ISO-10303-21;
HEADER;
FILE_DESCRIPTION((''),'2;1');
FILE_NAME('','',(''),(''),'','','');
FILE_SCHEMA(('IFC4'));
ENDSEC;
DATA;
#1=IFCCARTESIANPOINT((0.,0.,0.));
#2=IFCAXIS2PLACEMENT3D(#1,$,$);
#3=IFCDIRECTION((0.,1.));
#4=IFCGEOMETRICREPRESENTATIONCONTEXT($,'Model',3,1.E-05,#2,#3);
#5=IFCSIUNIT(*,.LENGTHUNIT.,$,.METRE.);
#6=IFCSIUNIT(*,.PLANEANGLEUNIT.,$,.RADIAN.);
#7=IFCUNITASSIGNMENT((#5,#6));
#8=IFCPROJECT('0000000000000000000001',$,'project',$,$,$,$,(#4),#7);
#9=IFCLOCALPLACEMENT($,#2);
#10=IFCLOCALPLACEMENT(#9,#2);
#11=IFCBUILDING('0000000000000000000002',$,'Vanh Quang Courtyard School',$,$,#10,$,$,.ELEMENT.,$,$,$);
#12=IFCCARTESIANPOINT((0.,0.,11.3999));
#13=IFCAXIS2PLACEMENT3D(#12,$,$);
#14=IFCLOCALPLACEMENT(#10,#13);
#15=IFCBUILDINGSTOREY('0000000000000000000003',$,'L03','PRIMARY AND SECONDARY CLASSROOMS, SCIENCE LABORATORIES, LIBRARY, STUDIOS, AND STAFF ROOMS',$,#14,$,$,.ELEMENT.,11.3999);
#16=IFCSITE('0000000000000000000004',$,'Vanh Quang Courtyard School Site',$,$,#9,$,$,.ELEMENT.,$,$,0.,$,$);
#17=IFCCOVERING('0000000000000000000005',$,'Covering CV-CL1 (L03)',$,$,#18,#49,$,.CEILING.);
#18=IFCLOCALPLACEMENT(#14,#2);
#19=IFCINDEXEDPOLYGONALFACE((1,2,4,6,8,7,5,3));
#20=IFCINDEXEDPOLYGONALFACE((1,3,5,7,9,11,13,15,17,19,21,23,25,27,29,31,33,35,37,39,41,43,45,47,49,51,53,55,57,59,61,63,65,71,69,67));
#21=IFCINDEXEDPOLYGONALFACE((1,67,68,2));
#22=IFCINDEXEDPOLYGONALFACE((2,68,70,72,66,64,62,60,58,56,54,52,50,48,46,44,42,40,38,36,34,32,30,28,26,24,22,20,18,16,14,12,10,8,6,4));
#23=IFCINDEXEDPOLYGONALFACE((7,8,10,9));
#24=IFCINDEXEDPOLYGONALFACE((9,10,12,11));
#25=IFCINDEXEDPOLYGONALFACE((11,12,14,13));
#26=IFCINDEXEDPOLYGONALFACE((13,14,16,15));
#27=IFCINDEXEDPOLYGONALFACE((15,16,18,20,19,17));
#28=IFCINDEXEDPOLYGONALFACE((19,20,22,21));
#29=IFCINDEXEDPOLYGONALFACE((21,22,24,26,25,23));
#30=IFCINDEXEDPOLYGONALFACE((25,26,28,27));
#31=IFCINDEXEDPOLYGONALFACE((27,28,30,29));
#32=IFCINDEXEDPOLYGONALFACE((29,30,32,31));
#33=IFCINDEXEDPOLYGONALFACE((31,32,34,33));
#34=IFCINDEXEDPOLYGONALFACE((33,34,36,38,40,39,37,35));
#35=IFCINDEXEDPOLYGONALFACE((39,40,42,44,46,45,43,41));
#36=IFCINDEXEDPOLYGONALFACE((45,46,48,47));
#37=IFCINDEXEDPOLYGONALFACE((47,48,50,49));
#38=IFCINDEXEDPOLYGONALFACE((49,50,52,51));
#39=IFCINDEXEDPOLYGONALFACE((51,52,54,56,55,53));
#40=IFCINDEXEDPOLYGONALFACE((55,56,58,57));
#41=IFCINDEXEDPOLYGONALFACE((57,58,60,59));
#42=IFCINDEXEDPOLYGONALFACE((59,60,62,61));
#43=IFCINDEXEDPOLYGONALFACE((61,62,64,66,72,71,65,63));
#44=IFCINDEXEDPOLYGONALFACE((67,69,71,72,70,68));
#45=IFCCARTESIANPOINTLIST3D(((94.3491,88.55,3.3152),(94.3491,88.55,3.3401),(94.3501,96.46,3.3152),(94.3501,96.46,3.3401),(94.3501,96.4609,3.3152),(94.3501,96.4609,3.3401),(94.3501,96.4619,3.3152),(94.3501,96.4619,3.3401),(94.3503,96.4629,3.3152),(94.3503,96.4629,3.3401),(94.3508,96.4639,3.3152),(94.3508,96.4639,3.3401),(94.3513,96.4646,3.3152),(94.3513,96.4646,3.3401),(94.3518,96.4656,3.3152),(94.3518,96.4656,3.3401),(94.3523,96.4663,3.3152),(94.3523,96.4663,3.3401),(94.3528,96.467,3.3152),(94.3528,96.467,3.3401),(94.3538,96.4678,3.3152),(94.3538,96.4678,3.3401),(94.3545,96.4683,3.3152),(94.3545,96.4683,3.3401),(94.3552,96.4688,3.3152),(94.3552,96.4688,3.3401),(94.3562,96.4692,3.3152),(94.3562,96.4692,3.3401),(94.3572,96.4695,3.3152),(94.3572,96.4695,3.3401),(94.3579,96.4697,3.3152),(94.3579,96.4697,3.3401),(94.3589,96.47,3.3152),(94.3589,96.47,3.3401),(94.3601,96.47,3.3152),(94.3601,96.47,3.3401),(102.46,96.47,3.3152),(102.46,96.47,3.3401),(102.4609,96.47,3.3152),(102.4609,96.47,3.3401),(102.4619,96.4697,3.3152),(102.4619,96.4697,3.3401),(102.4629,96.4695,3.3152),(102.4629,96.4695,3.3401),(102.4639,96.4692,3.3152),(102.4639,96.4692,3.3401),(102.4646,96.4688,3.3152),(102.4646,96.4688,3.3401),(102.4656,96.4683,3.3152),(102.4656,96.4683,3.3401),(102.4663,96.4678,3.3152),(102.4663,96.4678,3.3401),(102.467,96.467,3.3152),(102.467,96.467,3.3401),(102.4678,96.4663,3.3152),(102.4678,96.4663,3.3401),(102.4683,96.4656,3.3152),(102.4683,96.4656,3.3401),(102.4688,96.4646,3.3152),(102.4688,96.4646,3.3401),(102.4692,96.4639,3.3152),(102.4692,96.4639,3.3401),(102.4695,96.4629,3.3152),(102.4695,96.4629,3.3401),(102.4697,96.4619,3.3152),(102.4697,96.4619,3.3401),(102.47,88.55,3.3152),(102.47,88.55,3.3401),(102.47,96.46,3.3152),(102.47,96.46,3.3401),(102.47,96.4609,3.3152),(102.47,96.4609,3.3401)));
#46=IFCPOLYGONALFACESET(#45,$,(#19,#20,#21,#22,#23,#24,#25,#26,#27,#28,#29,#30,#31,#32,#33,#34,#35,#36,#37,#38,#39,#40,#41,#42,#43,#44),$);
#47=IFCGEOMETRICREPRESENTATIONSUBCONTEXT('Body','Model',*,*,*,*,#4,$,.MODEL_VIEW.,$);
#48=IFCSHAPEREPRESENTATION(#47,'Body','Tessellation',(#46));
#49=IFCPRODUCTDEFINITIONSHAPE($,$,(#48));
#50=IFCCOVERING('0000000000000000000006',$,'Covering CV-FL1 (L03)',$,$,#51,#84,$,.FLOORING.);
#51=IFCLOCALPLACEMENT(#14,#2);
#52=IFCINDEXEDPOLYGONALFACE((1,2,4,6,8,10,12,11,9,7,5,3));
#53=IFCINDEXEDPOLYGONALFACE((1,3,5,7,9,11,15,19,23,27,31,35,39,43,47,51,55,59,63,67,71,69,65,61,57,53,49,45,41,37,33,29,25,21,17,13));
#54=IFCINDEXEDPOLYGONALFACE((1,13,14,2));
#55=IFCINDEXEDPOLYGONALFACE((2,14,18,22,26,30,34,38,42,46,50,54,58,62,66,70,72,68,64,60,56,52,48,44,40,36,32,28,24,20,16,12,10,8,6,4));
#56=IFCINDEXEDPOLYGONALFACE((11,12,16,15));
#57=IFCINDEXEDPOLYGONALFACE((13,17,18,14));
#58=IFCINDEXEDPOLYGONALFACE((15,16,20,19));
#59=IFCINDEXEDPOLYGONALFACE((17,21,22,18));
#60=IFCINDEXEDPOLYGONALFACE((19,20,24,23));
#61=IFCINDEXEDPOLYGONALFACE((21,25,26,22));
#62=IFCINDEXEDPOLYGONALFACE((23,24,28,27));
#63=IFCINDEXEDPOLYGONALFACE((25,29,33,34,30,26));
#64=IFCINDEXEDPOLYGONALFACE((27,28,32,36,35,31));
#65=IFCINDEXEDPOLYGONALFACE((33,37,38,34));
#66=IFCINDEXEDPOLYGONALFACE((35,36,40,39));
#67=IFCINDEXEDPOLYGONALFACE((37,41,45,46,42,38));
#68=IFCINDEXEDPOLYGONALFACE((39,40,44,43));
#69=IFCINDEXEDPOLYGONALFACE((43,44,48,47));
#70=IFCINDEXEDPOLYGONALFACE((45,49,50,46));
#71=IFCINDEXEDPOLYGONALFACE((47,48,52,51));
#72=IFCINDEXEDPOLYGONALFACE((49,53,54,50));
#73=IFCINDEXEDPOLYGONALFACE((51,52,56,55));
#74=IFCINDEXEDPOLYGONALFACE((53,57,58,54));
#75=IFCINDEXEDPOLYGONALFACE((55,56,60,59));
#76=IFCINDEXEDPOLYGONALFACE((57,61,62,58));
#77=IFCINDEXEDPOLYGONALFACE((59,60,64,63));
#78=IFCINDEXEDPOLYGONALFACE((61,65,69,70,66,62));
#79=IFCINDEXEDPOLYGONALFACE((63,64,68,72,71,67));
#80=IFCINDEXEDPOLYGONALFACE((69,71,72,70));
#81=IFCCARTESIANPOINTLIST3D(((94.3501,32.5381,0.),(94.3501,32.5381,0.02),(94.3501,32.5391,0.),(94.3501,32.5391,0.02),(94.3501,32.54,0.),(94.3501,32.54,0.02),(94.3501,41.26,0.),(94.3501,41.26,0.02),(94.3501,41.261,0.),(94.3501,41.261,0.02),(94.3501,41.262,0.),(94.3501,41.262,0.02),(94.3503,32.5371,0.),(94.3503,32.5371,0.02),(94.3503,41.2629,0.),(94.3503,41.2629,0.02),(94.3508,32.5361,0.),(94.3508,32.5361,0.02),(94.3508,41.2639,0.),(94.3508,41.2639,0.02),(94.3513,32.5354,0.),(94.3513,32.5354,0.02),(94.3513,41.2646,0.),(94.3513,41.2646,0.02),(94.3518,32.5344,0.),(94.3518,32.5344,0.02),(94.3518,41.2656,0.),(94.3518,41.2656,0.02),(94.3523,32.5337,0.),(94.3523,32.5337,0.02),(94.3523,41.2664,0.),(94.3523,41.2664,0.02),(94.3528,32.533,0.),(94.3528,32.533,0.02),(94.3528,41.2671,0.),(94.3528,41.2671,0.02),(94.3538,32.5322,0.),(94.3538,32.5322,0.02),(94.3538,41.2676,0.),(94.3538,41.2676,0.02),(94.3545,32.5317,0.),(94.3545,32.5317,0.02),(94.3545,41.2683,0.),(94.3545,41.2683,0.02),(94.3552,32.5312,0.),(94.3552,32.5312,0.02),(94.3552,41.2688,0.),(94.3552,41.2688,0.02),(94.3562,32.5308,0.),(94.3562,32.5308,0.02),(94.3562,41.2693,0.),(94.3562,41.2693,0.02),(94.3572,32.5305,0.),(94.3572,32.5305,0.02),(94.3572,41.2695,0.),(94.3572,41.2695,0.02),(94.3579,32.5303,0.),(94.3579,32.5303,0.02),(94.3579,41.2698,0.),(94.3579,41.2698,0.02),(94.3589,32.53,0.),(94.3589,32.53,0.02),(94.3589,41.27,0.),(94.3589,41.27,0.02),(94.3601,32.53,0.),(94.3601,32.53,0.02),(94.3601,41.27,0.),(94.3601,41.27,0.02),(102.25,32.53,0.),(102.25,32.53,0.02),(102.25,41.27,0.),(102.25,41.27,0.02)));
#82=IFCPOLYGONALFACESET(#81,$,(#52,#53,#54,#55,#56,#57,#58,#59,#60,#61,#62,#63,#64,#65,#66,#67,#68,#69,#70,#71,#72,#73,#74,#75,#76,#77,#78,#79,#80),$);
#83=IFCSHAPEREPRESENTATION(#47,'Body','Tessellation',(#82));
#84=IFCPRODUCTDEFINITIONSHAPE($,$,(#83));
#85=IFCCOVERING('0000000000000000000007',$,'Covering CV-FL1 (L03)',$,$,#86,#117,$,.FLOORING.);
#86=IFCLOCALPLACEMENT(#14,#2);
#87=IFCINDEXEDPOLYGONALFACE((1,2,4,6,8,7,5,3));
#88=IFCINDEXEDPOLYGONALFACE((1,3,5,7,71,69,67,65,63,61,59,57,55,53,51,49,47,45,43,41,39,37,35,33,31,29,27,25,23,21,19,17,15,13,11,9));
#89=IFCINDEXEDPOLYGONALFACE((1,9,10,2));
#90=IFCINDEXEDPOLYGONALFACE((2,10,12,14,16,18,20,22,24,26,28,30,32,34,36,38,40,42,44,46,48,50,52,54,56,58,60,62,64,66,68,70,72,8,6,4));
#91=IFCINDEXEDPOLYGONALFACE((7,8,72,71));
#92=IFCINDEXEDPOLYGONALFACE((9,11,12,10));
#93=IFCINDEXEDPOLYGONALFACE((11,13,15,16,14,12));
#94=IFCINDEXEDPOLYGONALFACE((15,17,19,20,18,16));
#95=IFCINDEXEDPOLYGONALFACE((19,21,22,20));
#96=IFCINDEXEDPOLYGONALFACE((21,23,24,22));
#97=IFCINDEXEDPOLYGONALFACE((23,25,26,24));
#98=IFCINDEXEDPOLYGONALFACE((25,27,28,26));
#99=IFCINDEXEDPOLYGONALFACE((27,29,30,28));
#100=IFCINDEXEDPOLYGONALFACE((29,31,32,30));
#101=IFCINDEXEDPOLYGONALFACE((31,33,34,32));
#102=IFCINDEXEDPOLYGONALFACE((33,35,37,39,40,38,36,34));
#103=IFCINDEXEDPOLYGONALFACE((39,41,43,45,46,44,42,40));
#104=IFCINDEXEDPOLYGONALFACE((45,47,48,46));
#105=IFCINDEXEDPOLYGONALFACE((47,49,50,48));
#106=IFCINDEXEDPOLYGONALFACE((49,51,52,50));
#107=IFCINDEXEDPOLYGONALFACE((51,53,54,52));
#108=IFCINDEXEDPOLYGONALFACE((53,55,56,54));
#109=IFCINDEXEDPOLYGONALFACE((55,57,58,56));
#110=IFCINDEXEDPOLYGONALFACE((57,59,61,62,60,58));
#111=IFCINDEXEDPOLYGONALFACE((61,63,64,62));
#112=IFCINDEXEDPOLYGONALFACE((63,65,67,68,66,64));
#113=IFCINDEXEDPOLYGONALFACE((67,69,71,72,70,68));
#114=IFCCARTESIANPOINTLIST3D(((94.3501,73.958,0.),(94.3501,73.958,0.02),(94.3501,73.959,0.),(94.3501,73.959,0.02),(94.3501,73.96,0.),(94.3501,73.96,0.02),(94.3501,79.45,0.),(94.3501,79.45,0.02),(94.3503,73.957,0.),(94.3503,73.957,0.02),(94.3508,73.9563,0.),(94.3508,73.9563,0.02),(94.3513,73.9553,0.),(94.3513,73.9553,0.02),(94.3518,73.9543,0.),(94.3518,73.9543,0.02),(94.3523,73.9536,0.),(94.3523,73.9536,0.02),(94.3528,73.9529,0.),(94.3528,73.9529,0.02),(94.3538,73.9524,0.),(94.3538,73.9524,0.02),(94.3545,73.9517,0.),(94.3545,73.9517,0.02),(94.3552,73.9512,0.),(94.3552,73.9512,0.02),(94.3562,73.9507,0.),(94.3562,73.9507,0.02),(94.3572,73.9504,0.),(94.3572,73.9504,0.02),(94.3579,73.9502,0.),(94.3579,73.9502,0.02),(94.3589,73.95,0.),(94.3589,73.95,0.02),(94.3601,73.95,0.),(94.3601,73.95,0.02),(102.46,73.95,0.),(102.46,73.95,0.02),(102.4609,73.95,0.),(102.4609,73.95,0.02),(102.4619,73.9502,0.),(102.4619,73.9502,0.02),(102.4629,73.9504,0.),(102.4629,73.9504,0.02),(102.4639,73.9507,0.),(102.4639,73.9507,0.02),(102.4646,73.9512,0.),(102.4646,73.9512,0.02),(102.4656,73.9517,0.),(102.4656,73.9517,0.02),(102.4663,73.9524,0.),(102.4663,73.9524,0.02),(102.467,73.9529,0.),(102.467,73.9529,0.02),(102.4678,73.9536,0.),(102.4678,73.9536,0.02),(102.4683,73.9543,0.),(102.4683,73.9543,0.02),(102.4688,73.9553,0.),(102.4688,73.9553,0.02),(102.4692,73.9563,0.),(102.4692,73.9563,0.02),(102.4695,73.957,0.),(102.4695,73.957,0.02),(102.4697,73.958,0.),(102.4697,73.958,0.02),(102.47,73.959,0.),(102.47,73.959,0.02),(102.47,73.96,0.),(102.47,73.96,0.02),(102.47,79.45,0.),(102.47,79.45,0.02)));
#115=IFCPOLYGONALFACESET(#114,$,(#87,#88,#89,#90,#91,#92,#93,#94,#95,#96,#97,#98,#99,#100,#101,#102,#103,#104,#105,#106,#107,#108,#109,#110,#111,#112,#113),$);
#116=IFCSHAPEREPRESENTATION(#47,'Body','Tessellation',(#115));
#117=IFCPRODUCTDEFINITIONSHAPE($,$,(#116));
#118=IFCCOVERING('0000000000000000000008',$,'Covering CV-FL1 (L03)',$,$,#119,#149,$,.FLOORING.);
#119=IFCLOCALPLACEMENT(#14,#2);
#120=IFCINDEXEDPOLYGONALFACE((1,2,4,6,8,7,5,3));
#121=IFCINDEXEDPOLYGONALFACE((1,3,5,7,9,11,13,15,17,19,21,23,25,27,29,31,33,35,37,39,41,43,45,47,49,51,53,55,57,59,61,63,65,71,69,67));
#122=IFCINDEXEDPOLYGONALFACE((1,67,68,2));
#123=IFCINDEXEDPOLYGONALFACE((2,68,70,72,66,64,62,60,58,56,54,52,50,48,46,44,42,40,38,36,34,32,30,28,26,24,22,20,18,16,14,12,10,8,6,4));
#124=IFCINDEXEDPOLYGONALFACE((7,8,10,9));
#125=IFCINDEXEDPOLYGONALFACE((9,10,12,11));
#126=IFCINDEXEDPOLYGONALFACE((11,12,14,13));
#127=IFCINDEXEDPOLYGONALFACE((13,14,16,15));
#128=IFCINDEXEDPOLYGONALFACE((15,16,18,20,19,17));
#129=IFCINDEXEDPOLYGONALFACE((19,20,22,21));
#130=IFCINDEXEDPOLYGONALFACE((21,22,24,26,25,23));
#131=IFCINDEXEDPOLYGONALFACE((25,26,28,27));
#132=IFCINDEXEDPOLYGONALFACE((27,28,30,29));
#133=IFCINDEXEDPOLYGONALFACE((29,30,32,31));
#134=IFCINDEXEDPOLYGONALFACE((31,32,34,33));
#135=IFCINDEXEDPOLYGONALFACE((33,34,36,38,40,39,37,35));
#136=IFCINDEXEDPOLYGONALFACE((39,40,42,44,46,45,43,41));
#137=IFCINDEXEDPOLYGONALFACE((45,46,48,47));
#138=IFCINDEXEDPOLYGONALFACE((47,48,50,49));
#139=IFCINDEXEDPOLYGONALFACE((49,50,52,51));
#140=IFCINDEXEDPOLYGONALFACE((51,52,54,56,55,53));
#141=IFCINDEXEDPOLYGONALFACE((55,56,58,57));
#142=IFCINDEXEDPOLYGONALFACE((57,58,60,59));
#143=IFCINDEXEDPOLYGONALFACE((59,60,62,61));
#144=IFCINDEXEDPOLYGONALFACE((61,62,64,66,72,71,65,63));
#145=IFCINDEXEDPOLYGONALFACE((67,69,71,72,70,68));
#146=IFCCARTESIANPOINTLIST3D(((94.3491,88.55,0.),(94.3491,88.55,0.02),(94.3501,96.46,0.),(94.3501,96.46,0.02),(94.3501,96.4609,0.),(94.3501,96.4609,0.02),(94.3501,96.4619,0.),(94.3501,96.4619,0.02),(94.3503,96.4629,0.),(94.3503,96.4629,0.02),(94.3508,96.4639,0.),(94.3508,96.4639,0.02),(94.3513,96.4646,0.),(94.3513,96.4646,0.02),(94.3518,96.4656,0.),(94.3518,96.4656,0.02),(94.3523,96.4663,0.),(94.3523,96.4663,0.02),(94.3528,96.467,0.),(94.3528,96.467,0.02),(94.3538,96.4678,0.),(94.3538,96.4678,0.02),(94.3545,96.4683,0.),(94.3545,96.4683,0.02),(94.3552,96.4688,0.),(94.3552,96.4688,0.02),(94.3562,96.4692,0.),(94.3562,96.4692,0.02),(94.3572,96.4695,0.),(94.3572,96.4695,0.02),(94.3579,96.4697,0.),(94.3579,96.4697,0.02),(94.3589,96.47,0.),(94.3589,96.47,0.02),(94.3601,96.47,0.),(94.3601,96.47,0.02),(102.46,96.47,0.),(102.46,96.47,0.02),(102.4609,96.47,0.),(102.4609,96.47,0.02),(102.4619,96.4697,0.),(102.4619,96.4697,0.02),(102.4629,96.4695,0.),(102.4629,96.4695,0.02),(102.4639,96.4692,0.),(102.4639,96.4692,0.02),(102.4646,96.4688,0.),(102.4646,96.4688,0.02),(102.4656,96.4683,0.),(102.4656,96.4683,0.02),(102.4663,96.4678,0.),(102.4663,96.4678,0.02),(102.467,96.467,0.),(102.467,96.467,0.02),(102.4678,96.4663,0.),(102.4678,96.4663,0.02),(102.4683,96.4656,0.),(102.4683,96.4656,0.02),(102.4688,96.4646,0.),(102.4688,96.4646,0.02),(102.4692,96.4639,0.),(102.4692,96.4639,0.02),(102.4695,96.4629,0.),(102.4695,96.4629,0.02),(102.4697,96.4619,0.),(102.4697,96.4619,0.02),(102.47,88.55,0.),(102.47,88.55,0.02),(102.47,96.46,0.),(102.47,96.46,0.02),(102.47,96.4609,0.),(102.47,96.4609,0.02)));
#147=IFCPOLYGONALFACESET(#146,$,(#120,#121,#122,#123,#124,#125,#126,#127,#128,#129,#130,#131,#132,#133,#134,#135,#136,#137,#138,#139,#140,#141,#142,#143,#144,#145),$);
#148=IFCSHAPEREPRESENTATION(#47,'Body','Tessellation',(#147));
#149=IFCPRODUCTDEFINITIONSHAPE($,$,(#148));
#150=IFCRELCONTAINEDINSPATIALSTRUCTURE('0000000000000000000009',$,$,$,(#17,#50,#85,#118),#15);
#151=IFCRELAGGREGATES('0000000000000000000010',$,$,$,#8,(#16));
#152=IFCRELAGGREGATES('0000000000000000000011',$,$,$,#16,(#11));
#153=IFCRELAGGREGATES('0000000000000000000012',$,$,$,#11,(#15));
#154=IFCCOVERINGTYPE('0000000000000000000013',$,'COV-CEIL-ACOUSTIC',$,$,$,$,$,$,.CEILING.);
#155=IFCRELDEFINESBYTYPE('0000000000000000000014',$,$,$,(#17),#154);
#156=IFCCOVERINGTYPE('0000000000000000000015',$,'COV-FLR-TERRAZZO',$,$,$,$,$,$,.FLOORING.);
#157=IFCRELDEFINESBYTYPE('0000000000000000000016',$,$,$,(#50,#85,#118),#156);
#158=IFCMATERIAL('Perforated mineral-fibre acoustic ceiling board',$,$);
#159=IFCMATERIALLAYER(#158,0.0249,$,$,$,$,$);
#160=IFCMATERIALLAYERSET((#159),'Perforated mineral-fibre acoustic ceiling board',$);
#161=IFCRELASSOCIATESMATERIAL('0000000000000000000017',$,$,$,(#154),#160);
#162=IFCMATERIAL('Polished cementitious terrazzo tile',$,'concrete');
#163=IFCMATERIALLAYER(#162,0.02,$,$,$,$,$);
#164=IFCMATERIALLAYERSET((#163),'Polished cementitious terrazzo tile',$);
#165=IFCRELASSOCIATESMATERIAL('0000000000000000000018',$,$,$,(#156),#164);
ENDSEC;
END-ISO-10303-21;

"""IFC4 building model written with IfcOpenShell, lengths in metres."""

from ifc_helpers import new_model, si_unit, direction, frame, origin, place, context, subcontext, project, spatial, polyline, outline, extrude, material, layer, layer_set, type_object, element, save


model = new_model("IFC4")

# Units and contexts
model_context = context("Model", 3, precision=1e-05, world=origin(), true_north=direction((0.0, 1.0)))
body_context = subcontext(model_context, "Body", "Model", "MODEL_VIEW")
ifc_project = project(units=[si_unit("LENGTHUNIT", "METRE"), si_unit("PLANEANGLEUNIT", "RADIAN")], contexts=[model_context])

# Site, building, storey
site_placement = place(None, origin())
site = spatial("IfcSite", under=ifc_project, at=site_placement, Name="Vanh Quang Courtyard School Site", CompositionType="ELEMENT", RefElevation=0.0)
building_placement = place(site_placement, origin())
building = spatial("IfcBuilding", under=site, at=building_placement, Name="Vanh Quang Courtyard School", CompositionType="ELEMENT")
storey_placement = place(building_placement, frame((0.0, 0.0, 11.3999)))
storey = spatial("IfcBuildingStorey", under=building, at=storey_placement, Name="L03", Description="PRIMARY AND SECONDARY CLASSROOMS, SCIENCE LABORATORIES, LIBRARY, STUDIOS, AND STAFF ROOMS", CompositionType="ELEMENT", Elevation=11.3999)

# Coverings
ifc_material_1 = material(Name="Perforated mineral-fibre acoustic ceiling board")
ifc_layer_1 = layer(ifc_material_1, 0.0249)
ifc_layer_set_1 = layer_set([ifc_layer_1], Name="Perforated mineral-fibre acoustic ceiling board")
covering_type_1 = type_object("IfcCoveringType", Name="COV-CEIL-ACOUSTIC", PredefinedType="CEILING", material=ifc_layer_set_1)
covering_1_placement = place(storey_placement, frame((0.0, 0.0, 3.3152)))
element("IfcCovering", 1, at=covering_1_placement, inside=storey, type_object=covering_type_1, Name="Covering CV-CL1 (L03)", PredefinedType="CEILING", context=body_context, shape_type="SweptSolid", body=[
    extrude(outline(polyline([(94.3501, 96.46), (94.3501, 96.4609), (94.3501, 96.4619), (94.3503, 96.4629), (94.3508, 96.4639), (94.3513, 96.4646), (94.3518, 96.4656), (94.3523, 96.4663), (94.3528, 96.467), (94.3538, 96.4678), (94.3545, 96.4683), (94.3552, 96.4688), (94.3562, 96.4692), (94.3572, 96.4695), (94.3579, 96.4697), (94.3589, 96.47), (94.3601, 96.47), (102.46, 96.47), (102.4609, 96.47), (102.4619, 96.4697), (102.4629, 96.4695), (102.4639, 96.4692), (102.4646, 96.4688), (102.4656, 96.4683), (102.4663, 96.4678), (102.467, 96.467), (102.4678, 96.4663), (102.4683, 96.4656), (102.4688, 96.4646), (102.4692, 96.4639), (102.4695, 96.4629), (102.4697, 96.4619), (102.47, 96.4609), (102.47, 96.46), (102.47, 88.55), (94.3491, 88.55), (94.3501, 96.46)])), origin(), (0.0, 0.0, 1.0), 0.0249),
])
ifc_material_2 = material(Name="Polished cementitious terrazzo tile", Category="concrete")
ifc_layer_2 = layer(ifc_material_2, 0.02)
ifc_layer_set_2 = layer_set([ifc_layer_2], Name="Polished cementitious terrazzo tile")
covering_type_2 = type_object("IfcCoveringType", Name="COV-FLR-TERRAZZO", PredefinedType="FLOORING", material=ifc_layer_set_2)
covering_2_placement = place(storey_placement, origin())
element("IfcCovering", 2, at=covering_2_placement, inside=storey, type_object=covering_type_2, Name="Covering CV-FL1 (L03)", PredefinedType="FLOORING", context=body_context, shape_type="SweptSolid", body=[
    extrude(outline(polyline([(94.3601, 32.53), (94.3589, 32.53), (94.3579, 32.5303), (94.3572, 32.5305), (94.3562, 32.5308), (94.3552, 32.5312), (94.3545, 32.5317), (94.3538, 32.5322), (94.3528, 32.533), (94.3523, 32.5337), (94.3518, 32.5344), (94.3513, 32.5354), (94.3508, 32.5361), (94.3503, 32.5371), (94.3501, 32.5381), (94.3501, 32.5391), (94.3501, 32.54), (94.3501, 41.26), (94.3501, 41.261), (94.3501, 41.262), (94.3503, 41.2629), (94.3508, 41.2639), (94.3513, 41.2646), (94.3518, 41.2656), (94.3523, 41.2664), (94.3528, 41.2671), (94.3538, 41.2676), (94.3545, 41.2683), (94.3552, 41.2688), (94.3562, 41.2693), (94.3572, 41.2695), (94.3579, 41.2698), (94.3589, 41.27), (94.3601, 41.27), (102.25, 41.27), (102.25, 32.53), (94.3601, 32.53)])), origin(), (0.0, 0.0, 1.0), 0.02),
])
covering_3_placement = place(storey_placement, origin())
element("IfcCovering", 3, at=covering_3_placement, inside=storey, type_object=covering_type_2, Name="Covering CV-FL1 (L03)", PredefinedType="FLOORING", context=body_context, shape_type="SweptSolid", body=[
    extrude(outline(polyline([(94.3601, 73.95), (94.3589, 73.95), (94.3579, 73.9502), (94.3572, 73.9504), (94.3562, 73.9507), (94.3552, 73.9512), (94.3545, 73.9517), (94.3538, 73.9524), (94.3528, 73.9529), (94.3523, 73.9536), (94.3518, 73.9543), (94.3513, 73.9553), (94.3508, 73.9563), (94.3503, 73.957), (94.3501, 73.958), (94.3501, 73.959), (94.3501, 73.96), (94.3501, 79.45), (102.47, 79.45), (102.47, 73.96), (102.47, 73.959), (102.4697, 73.958), (102.4695, 73.957), (102.4692, 73.9563), (102.4688, 73.9553), (102.4683, 73.9543), (102.4678, 73.9536), (102.467, 73.9529), (102.4663, 73.9524), (102.4656, 73.9517), (102.4646, 73.9512), (102.4639, 73.9507), (102.4629, 73.9504), (102.4619, 73.9502), (102.4609, 73.95), (102.46, 73.95), (94.3601, 73.95)])), origin(), (0.0, 0.0, 1.0), 0.02),
])
covering_4_placement = place(storey_placement, origin())
element("IfcCovering", 4, at=covering_4_placement, inside=storey, type_object=covering_type_2, Name="Covering CV-FL1 (L03)", PredefinedType="FLOORING", context=body_context, shape_type="SweptSolid", body=[
    extrude(outline(polyline([(94.3501, 96.46), (94.3501, 96.4609), (94.3501, 96.4619), (94.3503, 96.4629), (94.3508, 96.4639), (94.3513, 96.4646), (94.3518, 96.4656), (94.3523, 96.4663), (94.3528, 96.467), (94.3538, 96.4678), (94.3545, 96.4683), (94.3552, 96.4688), (94.3562, 96.4692), (94.3572, 96.4695), (94.3579, 96.4697), (94.3589, 96.47), (94.3601, 96.47), (102.46, 96.47), (102.4609, 96.47), (102.4619, 96.4697), (102.4629, 96.4695), (102.4639, 96.4692), (102.4646, 96.4688), (102.4656, 96.4683), (102.4663, 96.4678), (102.467, 96.467), (102.4678, 96.4663), (102.4683, 96.4656), (102.4688, 96.4646), (102.4692, 96.4639), (102.4695, 96.4629), (102.4697, 96.4619), (102.47, 96.4609), (102.47, 96.46), (102.47, 88.55), (94.3491, 88.55), (94.3501, 96.46)])), origin(), (0.0, 0.0, 1.0), 0.02),
])

save(model, "model.ifc")
